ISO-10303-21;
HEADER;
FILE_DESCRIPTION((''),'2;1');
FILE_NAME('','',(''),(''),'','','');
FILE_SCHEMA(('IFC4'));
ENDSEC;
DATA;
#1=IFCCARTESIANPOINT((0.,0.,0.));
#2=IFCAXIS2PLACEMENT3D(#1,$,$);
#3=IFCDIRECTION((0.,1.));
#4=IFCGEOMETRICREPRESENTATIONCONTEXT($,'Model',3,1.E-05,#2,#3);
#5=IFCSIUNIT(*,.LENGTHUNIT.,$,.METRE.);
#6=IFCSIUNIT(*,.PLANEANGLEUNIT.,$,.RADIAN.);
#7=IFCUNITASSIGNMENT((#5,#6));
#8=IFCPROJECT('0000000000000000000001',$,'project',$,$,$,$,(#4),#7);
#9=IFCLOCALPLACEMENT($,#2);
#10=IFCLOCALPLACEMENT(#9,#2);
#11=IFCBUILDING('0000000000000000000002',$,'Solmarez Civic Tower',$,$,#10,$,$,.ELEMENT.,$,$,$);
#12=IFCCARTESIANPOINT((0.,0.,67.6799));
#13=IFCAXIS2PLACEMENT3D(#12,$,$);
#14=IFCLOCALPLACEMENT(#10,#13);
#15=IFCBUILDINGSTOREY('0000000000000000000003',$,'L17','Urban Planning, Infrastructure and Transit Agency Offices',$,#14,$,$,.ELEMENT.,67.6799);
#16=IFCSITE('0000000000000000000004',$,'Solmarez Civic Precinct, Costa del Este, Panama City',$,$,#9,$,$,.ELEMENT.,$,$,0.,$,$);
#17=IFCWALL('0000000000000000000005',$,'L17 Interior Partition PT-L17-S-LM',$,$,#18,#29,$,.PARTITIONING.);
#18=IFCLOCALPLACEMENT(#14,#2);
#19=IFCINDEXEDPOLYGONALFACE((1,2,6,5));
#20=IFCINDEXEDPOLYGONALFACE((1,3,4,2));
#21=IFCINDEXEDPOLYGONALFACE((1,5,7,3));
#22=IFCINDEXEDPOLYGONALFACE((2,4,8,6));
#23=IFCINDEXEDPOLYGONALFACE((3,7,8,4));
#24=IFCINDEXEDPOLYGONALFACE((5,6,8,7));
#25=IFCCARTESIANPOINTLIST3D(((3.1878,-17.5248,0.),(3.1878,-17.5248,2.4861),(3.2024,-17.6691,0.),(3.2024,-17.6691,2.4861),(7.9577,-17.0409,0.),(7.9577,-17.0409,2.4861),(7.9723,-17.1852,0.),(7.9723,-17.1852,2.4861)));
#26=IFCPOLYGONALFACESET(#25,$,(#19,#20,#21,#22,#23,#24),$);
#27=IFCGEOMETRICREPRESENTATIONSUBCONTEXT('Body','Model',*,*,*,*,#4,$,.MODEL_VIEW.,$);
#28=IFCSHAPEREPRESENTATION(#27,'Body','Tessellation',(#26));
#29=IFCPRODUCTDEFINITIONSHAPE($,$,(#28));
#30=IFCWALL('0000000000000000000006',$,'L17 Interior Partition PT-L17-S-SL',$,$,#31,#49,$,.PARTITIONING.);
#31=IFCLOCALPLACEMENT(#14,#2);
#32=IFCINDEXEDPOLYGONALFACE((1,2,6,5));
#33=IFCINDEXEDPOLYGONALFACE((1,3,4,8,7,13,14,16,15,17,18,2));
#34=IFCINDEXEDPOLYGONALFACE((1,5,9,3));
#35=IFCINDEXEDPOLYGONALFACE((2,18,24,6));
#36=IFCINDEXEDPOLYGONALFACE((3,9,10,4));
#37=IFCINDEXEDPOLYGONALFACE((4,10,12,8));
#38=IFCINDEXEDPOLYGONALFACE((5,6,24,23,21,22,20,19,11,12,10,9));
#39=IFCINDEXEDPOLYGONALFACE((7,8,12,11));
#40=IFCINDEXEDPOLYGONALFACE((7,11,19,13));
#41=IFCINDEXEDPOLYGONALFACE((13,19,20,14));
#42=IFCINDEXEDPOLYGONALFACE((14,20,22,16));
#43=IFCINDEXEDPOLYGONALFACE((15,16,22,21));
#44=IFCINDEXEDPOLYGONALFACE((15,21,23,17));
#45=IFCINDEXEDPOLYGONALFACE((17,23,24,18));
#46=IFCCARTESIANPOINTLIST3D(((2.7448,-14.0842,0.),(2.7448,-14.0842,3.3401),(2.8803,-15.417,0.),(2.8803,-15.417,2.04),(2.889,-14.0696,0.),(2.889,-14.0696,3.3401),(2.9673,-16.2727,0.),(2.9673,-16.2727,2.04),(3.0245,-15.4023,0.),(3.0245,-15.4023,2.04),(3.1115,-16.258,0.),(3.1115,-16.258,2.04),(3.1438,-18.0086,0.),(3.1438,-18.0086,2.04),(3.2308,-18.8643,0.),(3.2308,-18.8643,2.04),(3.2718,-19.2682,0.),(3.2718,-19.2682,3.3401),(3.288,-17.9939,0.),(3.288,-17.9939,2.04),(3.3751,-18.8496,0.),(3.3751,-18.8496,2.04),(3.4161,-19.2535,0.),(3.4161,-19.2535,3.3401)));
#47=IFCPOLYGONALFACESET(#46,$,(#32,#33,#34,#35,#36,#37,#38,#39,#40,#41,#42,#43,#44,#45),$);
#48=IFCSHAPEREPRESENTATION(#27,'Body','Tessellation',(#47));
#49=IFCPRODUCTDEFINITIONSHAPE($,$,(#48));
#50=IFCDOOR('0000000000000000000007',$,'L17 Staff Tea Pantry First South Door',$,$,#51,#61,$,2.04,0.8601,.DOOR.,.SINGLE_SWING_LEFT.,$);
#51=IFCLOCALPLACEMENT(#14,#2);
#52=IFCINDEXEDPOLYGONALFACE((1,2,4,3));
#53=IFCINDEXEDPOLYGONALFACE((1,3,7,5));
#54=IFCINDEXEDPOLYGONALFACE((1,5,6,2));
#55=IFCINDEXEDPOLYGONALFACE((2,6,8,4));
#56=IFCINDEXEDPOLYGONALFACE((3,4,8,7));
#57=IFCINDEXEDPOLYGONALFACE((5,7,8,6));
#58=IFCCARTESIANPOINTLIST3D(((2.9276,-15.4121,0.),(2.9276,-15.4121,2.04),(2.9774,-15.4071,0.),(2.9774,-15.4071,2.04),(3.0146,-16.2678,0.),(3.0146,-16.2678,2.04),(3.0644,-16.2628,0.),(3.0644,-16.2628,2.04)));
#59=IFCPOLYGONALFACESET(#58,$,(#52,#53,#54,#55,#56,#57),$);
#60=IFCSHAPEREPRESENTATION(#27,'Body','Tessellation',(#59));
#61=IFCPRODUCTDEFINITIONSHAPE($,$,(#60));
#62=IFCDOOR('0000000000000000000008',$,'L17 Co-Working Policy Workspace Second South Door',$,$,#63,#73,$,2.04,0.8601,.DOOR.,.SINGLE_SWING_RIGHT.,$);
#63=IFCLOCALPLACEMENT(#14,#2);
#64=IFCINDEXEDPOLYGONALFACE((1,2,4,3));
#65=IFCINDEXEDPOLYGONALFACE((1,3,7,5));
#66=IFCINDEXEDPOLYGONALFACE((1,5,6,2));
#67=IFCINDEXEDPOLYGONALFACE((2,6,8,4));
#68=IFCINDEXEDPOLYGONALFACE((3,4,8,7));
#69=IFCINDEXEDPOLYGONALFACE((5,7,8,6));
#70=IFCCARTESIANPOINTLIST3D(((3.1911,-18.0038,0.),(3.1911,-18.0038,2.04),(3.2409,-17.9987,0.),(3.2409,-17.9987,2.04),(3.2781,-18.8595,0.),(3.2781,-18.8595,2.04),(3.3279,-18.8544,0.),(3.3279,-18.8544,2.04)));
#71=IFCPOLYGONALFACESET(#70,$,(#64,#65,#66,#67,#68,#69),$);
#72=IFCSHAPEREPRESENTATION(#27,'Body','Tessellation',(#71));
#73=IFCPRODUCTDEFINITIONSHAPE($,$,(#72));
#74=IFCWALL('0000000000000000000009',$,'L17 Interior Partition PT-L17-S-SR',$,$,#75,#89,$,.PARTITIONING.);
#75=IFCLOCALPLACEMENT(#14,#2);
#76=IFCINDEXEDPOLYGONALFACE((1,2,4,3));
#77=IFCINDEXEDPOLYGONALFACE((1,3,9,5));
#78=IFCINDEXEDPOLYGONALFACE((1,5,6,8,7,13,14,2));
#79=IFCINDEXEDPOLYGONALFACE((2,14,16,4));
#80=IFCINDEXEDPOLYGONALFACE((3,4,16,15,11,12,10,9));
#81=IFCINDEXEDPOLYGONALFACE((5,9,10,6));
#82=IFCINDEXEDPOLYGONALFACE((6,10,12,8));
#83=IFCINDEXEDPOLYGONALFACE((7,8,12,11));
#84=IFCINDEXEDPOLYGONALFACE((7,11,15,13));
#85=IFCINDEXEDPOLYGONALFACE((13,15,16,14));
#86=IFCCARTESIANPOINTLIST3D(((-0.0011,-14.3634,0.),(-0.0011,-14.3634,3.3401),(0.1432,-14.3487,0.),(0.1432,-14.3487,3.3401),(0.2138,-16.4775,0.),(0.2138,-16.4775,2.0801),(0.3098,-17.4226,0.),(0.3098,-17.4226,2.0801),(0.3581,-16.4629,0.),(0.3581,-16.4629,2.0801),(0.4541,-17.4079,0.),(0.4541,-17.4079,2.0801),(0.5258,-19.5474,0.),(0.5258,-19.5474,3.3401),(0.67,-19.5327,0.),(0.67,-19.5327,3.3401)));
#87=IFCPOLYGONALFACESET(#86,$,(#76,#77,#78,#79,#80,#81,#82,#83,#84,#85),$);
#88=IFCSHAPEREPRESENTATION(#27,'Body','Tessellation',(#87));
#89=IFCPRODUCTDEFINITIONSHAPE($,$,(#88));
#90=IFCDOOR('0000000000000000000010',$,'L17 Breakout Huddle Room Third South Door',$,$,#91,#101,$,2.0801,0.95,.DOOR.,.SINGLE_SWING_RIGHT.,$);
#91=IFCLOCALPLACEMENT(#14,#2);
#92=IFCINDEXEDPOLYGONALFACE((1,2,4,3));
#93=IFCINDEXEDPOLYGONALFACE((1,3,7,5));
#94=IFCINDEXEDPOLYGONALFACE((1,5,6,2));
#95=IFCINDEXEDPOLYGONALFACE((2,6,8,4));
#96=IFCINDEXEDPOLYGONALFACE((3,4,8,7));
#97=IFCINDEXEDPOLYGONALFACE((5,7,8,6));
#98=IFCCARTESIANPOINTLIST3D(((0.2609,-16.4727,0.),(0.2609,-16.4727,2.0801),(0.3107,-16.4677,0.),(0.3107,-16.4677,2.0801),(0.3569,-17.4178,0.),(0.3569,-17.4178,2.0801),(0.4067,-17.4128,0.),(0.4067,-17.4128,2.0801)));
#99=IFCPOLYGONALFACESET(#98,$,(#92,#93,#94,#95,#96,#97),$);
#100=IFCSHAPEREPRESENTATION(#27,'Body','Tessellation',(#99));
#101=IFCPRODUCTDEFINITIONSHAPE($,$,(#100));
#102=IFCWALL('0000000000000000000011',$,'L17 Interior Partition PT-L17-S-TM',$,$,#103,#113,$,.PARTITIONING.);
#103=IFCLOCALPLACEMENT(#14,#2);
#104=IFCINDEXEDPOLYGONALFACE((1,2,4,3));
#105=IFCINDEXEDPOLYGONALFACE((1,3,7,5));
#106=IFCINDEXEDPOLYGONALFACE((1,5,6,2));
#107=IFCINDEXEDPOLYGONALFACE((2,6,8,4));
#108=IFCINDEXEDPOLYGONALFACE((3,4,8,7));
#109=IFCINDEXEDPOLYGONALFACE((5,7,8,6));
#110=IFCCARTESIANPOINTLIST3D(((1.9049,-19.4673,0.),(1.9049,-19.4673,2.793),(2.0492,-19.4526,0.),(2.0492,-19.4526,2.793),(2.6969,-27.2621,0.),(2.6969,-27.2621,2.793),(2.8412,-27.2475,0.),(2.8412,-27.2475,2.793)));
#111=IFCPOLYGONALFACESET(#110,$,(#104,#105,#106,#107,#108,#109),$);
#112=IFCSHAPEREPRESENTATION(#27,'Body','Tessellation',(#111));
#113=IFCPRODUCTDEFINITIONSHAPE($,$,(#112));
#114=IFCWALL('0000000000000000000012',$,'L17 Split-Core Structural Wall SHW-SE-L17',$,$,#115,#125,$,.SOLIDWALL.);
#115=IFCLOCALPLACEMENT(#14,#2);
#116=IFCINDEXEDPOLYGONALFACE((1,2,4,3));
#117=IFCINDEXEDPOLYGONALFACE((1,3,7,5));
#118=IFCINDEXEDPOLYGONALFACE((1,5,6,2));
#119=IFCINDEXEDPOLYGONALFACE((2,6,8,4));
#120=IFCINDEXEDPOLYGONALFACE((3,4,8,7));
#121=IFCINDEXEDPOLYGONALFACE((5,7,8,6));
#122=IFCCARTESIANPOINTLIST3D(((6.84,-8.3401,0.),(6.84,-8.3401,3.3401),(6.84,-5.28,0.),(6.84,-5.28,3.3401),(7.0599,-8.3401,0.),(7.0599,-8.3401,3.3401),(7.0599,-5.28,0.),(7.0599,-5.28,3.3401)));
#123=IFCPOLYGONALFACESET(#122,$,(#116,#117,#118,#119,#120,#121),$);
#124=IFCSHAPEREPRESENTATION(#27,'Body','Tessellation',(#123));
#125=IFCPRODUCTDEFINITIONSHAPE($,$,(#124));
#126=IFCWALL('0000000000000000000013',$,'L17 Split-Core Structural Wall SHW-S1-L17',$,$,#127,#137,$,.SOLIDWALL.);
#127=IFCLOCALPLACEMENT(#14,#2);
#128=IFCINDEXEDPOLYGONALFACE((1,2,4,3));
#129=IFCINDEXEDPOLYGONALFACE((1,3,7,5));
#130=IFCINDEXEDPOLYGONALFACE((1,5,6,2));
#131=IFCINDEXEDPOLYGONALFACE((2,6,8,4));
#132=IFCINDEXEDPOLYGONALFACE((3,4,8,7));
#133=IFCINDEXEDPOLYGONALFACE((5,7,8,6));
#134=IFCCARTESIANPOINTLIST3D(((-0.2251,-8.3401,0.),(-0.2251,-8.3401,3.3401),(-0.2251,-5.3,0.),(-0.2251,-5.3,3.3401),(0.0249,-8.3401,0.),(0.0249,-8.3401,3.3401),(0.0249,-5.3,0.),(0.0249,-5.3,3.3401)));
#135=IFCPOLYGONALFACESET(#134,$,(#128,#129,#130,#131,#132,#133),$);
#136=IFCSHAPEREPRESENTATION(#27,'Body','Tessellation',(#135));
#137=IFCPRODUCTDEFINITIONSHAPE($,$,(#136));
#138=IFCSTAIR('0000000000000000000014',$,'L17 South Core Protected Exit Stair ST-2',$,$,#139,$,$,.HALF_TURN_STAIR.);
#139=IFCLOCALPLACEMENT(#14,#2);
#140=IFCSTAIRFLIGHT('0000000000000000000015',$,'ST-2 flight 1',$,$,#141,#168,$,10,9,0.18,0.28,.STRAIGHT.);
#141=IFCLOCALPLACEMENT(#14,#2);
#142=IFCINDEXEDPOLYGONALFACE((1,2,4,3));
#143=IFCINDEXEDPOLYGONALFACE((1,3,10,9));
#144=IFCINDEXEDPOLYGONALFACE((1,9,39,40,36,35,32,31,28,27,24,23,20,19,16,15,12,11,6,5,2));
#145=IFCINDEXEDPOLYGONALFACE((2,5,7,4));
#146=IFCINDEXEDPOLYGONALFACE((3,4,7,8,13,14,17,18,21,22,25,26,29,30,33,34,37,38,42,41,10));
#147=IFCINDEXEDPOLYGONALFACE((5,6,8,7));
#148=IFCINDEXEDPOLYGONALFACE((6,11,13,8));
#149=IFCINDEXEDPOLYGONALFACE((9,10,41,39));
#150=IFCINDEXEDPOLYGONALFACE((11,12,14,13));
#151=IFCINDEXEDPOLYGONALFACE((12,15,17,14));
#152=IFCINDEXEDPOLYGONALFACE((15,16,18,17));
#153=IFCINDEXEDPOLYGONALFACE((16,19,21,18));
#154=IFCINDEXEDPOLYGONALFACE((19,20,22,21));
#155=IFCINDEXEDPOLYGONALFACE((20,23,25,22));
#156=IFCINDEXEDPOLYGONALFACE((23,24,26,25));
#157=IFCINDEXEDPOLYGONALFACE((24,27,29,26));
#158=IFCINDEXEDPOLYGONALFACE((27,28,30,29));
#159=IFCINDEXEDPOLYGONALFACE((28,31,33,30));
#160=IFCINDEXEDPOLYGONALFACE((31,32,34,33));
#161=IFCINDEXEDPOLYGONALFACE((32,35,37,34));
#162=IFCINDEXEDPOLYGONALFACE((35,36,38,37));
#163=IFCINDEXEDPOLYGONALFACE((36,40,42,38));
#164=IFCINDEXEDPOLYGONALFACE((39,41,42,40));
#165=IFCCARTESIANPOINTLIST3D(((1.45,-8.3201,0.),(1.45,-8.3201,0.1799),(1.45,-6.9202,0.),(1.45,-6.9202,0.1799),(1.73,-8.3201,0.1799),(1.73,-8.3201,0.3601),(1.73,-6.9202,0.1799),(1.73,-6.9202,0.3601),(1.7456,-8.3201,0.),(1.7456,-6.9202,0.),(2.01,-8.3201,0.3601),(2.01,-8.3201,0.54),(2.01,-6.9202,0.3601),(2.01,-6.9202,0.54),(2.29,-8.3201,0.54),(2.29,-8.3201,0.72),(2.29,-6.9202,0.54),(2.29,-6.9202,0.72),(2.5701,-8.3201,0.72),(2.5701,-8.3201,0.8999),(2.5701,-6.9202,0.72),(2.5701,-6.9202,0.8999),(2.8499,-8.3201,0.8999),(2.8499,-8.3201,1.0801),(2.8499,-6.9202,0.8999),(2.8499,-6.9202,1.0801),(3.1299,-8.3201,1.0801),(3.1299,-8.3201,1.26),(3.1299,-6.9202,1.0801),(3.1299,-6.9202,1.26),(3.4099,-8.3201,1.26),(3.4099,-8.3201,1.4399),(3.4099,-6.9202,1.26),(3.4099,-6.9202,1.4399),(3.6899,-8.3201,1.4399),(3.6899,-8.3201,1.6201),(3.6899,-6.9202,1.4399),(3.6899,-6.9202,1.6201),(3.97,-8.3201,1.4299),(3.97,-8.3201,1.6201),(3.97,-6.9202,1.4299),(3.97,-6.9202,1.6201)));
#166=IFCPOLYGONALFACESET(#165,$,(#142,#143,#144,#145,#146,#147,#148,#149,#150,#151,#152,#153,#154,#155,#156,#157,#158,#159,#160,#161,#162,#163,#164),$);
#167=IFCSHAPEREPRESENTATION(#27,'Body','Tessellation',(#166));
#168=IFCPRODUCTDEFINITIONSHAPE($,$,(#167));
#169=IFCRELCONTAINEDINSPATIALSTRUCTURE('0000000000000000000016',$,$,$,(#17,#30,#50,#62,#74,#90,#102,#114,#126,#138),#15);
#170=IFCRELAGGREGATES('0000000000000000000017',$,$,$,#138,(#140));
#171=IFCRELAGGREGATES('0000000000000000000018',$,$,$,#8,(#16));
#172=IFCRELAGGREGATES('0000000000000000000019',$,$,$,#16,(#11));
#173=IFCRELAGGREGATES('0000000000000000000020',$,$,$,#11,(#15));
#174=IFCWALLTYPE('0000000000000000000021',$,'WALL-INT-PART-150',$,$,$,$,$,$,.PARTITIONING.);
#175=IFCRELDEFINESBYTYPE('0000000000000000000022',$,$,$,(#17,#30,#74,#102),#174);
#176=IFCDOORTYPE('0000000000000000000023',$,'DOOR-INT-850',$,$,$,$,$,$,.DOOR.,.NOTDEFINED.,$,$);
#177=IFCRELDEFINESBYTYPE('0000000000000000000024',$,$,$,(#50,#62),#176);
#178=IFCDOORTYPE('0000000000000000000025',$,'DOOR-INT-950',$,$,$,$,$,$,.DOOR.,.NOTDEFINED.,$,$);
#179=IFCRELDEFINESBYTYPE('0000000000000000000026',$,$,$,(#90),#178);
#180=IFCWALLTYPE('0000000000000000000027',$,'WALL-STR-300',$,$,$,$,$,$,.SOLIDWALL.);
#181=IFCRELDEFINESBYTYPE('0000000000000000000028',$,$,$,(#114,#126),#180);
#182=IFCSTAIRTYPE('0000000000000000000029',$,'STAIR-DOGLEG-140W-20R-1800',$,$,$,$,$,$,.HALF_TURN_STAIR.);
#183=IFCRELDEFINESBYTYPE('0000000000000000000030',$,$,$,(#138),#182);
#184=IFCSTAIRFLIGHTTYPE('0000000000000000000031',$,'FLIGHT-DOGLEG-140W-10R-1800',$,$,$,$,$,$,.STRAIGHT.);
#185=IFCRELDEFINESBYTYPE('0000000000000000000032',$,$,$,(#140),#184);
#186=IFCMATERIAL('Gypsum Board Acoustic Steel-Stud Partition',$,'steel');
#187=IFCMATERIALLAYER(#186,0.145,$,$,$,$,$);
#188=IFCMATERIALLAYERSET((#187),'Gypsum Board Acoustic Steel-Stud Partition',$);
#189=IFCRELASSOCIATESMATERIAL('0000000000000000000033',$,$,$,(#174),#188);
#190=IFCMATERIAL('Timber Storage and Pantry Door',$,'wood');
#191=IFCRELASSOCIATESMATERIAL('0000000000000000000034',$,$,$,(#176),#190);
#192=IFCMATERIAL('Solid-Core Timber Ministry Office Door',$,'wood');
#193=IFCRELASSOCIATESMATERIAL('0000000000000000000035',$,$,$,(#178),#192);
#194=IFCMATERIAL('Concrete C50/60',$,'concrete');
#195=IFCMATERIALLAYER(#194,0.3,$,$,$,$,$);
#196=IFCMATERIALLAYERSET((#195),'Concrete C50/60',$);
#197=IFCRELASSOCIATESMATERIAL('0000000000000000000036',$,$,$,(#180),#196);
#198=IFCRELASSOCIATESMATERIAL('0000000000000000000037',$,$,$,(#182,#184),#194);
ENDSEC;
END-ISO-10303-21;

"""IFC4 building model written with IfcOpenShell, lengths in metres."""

from ifc_helpers import new_model, si_unit, direction, frame, frame_2d, origin, place, context, subcontext, project, spatial, polyline, rectangle, outline, extrude, material, layer, layer_set, type_object, element, fill, aggregate, save


model = new_model("IFC4")

# Units and contexts
model_context = context("Model", 3, precision=1e-05, world=origin(), true_north=direction((0.0, 1.0)))
body_context = subcontext(model_context, "Body", "Model", "MODEL_VIEW")
ifc_project = project(units=[si_unit("LENGTHUNIT", "METRE"), si_unit("PLANEANGLEUNIT", "RADIAN")], contexts=[model_context])

# Site, building, storey
site_placement = place(None, origin())
site = spatial("IfcSite", under=ifc_project, at=site_placement, Name="Solmarez Civic Precinct, Costa del Este, Panama City", CompositionType="ELEMENT", RefElevation=0.0)
building_placement = place(site_placement, origin())
building = spatial("IfcBuilding", under=site, at=building_placement, Name="Solmarez Civic Tower", CompositionType="ELEMENT")
storey_placement = place(building_placement, frame((0.0, 0.0, 67.6799)))
storey = spatial("IfcBuildingStorey", under=building, at=storey_placement, Name="L17", Description="Urban Planning, Infrastructure and Transit Agency Offices", CompositionType="ELEMENT", Elevation=67.6799)

# Shared definitions
ifc_material_1 = material(Name="Concrete C50/60", Category="concrete")

# Wall
ifc_material_2 = material(Name="Gypsum Board Acoustic Steel-Stud Partition", Category="steel")
ifc_layer_1 = layer(ifc_material_2, 0.145)
ifc_layer_set_1 = layer_set([ifc_layer_1], Name="Gypsum Board Acoustic Steel-Stud Partition")
wall_type_1 = type_object("IfcWallType", Name="WALL-INT-PART-150", PredefinedType="PARTITIONING", material=ifc_layer_set_1)
wall_1_placement = place(storey_placement, frame((3.1951, -17.5969, 0.0), z_axis=(0.0, 0.0, 1.0), x_axis=(0.994894, 0.100925, 0.0)))
element("IfcWall", 1, at=wall_1_placement, inside=storey, type_object=wall_type_1, Name="L17 Interior Partition PT-L17-S-LM", PredefinedType="PARTITIONING", context=body_context, shape_type="SweptSolid", body=[
    extrude(rectangle(XDim=4.7944, YDim=0.145, at=frame_2d((2.3972, 0.0))), origin(), (0.0, 0.0, 1.0), 2.4861),
])

# Wall, openings, doors
wall_2_placement = place(storey_placement, frame((3.344, -19.261, 0.0), z_axis=(0.0, 0.0, 1.0), x_axis=(-0.101155, 0.994871, 0.0)))
wall_2 = element("IfcWall", 2, at=wall_2_placement, inside=storey, type_object=wall_type_1, Name="L17 Interior Partition PT-L17-S-SL", PredefinedType="PARTITIONING", context=body_context, shape_type="SweptSolid", body=[
    extrude(rectangle(XDim=5.2107, YDim=0.145, at=frame_2d((2.6055, 0.0))), origin(), (0.0, 0.0, 1.0), 3.3401),
])
opening_1_placement = place(wall_2_placement, frame((3.011, 0.0, 0.0)))
opening_1 = element("IfcOpeningElement", 3, at=opening_1_placement, cuts=wall_2, PredefinedType="OPENING", context=body_context, shape_type="SweptSolid", body=[
    extrude(rectangle(XDim=0.8601, YDim=2.04, at=frame_2d((0.4302, 1.02))), frame((0.0, 0.0825, 0.0), z_axis=(0.0, -1.0, 0.0), x_axis=(1.0, 0.0, 0.0)), (0.0, 0.0, 1.0), 0.165),
])
opening_2_placement = place(wall_2_placement, frame((0.406, 0.0, 0.0)))
opening_2 = element("IfcOpeningElement", 4, at=opening_2_placement, cuts=wall_2, PredefinedType="OPENING", context=body_context, shape_type="SweptSolid", body=[
    extrude(rectangle(XDim=0.8601, YDim=2.04, at=frame_2d((0.4302, 1.02))), frame((0.0, 0.0825, 0.0), z_axis=(0.0, -1.0, 0.0), x_axis=(1.0, 0.0, 0.0)), (0.0, 0.0, 1.0), 0.165),
])
ifc_material_3 = material(Name="Timber Storage and Pantry Door", Category="wood")
door_type_1 = type_object("IfcDoorType", Name="DOOR-INT-850", OperationType="NOTDEFINED", PredefinedType="DOOR", material=ifc_material_3)
door_1_placement = place(opening_1_placement, origin())
door_1 = element("IfcDoor", 5, at=door_1_placement, inside=storey, type_object=door_type_1, Name="L17 Staff Tea Pantry First South Door", OperationType="SINGLE_SWING_LEFT", OverallHeight=2.04, OverallWidth=0.8601, PredefinedType="DOOR", context=body_context, shape_type="SweptSolid", body=[
    extrude(rectangle(XDim=0.8601, YDim=2.04, at=frame_2d((0.4302, 1.02))), frame((0.0, 0.0249, 0.0), z_axis=(0.0, -1.0, 0.0), x_axis=(1.0, 0.0, 0.0)), (0.0, 0.0, 1.0), 0.05),
])
fill(opening_1, door_1)
door_2_placement = place(opening_2_placement, origin())
door_2 = element("IfcDoor", 6, at=door_2_placement, inside=storey, type_object=door_type_1, Name="L17 Co-Working Policy Workspace Second South Door", OperationType="SINGLE_SWING_RIGHT", OverallHeight=2.04, OverallWidth=0.8601, PredefinedType="DOOR", context=body_context, shape_type="SweptSolid", body=[
    extrude(rectangle(XDim=0.8601, YDim=2.04, at=frame_2d((0.4302, 1.02))), frame((0.0, 0.0249, 0.0), z_axis=(0.0, -1.0, 0.0), x_axis=(1.0, 0.0, 0.0)), (0.0, 0.0, 1.0), 0.05),
])
fill(opening_2, door_2)

# Wall, opening, door
wall_3_placement = place(storey_placement, frame((0.071, -14.356, 0.0), z_axis=(0.0, 0.0, 1.0), x_axis=(0.101109, -0.994875, 0.0)))
wall_3 = element("IfcWall", 7, at=wall_3_placement, inside=storey, type_object=wall_type_1, Name="L17 Interior Partition PT-L17-S-SR", PredefinedType="PARTITIONING", context=body_context, shape_type="SweptSolid", body=[
    extrude(rectangle(XDim=5.2107, YDim=0.145, at=frame_2d((2.6055, 0.0))), origin(), (0.0, 0.0, 1.0), 3.3401),
])
opening_3_placement = place(wall_3_placement, frame((2.125, 0.0, 0.0)))
opening_3 = element("IfcOpeningElement", 8, at=opening_3_placement, cuts=wall_3, PredefinedType="OPENING", context=body_context, shape_type="SweptSolid", body=[
    extrude(rectangle(XDim=0.95, YDim=2.0801, at=frame_2d((0.4751, 1.04))), frame((0.0, 0.0825, 0.0), z_axis=(0.0, -1.0, 0.0), x_axis=(1.0, 0.0, 0.0)), (0.0, 0.0, 1.0), 0.165),
])
ifc_material_4 = material(Name="Solid-Core Timber Ministry Office Door", Category="wood")
door_type_2 = type_object("IfcDoorType", Name="DOOR-INT-950", OperationType="NOTDEFINED", PredefinedType="DOOR", material=ifc_material_4)
door_3_placement = place(opening_3_placement, origin())
door_3 = element("IfcDoor", 9, at=door_3_placement, inside=storey, type_object=door_type_2, Name="L17 Breakout Huddle Room Third South Door", OperationType="SINGLE_SWING_RIGHT", OverallHeight=2.0801, OverallWidth=0.95, PredefinedType="DOOR", context=body_context, shape_type="SweptSolid", body=[
    extrude(rectangle(XDim=0.95, YDim=2.0801, at=frame_2d((0.4751, 1.04))), frame((0.0, 0.0249, 0.0), z_axis=(0.0, -1.0, 0.0), x_axis=(1.0, 0.0, 0.0)), (0.0, 0.0, 1.0), 0.05),
])
fill(opening_3, door_3)

# Walls
wall_4_placement = place(storey_placement, frame((1.9771, -19.46, 0.0), z_axis=(0.0, 0.0, 1.0), x_axis=(0.101083, -0.994878, 0.0)))
element("IfcWall", 10, at=wall_4_placement, inside=storey, type_object=wall_type_1, Name="L17 Interior Partition PT-L17-S-TM", PredefinedType="PARTITIONING", context=body_context, shape_type="SweptSolid", body=[
    extrude(rectangle(XDim=7.835, YDim=0.145, at=frame_2d((3.9175, 0.0))), origin(), (0.0, 0.0, 1.0), 2.793),
])
ifc_layer_2 = layer(ifc_material_1, 0.3)
ifc_layer_set_2 = layer_set([ifc_layer_2], Name="Concrete C50/60")
wall_type_2 = type_object("IfcWallType", Name="WALL-STR-300", PredefinedType="SOLIDWALL", material=ifc_layer_set_2)
wall_5_placement = place(storey_placement, frame((6.95, -8.3401, 0.0), z_axis=(0.0, 0.0, 1.0), x_axis=(0.0, 1.0, 0.0)))
element("IfcWall", 11, at=wall_5_placement, inside=storey, type_object=wall_type_2, Name="L17 Split-Core Structural Wall SHW-SE-L17", PredefinedType="SOLIDWALL", context=body_context, shape_type="SweptSolid", body=[
    extrude(rectangle(XDim=3.0601, YDim=0.22, at=frame_2d((1.53, 0.0))), origin(), (0.0, 0.0, 1.0), 3.3401),
])
wall_6_placement = place(storey_placement, frame((-0.1001, -8.3401, 0.0), z_axis=(0.0, 0.0, 1.0), x_axis=(0.0, 1.0, 0.0)))
element("IfcWall", 12, at=wall_6_placement, inside=storey, type_object=wall_type_2, Name="L17 Split-Core Structural Wall SHW-S1-L17", PredefinedType="SOLIDWALL", context=body_context, shape_type="SweptSolid", body=[
    extrude(rectangle(XDim=3.04, YDim=0.25, at=frame_2d((1.52, 0.0))), origin(), (0.0, 0.0, 1.0), 3.3401),
])

# Stair, stair flight
stair_type = type_object("IfcStairType", Name="STAIR-DOGLEG-140W-20R-1800", PredefinedType="HALF_TURN_STAIR", material=ifc_material_1)
stair_placement = place(storey_placement, origin())
stair = element("IfcStair", 13, at=stair_placement, inside=storey, type_object=stair_type, Name="L17 South Core Protected Exit Stair ST-2", PredefinedType="HALF_TURN_STAIR")
stair_flight_type = type_object("IfcStairFlightType", Name="FLIGHT-DOGLEG-140W-10R-1800", PredefinedType="STRAIGHT", material=ifc_material_1)
stair_flight_placement = place(storey_placement, frame((1.45, -7.6201, 0.0), z_axis=(0.0, 0.0, 1.0), x_axis=(1.0, 0.0, 0.0)))
stair_flight = element("IfcStairFlight", 14, at=stair_flight_placement, type_object=stair_flight_type, Name="ST-2 flight 1", NumberOfRisers=10, NumberOfTreads=9, PredefinedType="STRAIGHT", RiserHeight=0.18, TreadLength=0.28, context=body_context, shape_type="SweptSolid", body=[
    extrude(outline(polyline([(0.0, 0.0), (0.0, 0.1799), (0.28, 0.1799), (0.28, 0.3601), (0.5601, 0.3601), (0.5601, 0.54), (0.8401, 0.54), (0.8401, 0.72), (1.1201, 0.72), (1.1201, 0.8999), (1.3999, 0.8999), (1.3999, 1.0801), (1.6799, 1.0801), (1.6799, 1.26), (1.96, 1.26), (1.96, 1.4399), (2.24, 1.4399), (2.24, 1.6201), (2.52, 1.6201), (2.52, 1.8), (2.52, 1.4299), (0.2957, 0.0), (0.0, 0.0)])), frame((0.0, 0.7, 0.0), z_axis=(0.0, -1.0, 0.0), x_axis=(1.0, 0.0, 0.0)), (0.0, 0.0, 1.0), 1.3999),
])
aggregate(stair, [stair_flight])

save(model, "model.ifc")
